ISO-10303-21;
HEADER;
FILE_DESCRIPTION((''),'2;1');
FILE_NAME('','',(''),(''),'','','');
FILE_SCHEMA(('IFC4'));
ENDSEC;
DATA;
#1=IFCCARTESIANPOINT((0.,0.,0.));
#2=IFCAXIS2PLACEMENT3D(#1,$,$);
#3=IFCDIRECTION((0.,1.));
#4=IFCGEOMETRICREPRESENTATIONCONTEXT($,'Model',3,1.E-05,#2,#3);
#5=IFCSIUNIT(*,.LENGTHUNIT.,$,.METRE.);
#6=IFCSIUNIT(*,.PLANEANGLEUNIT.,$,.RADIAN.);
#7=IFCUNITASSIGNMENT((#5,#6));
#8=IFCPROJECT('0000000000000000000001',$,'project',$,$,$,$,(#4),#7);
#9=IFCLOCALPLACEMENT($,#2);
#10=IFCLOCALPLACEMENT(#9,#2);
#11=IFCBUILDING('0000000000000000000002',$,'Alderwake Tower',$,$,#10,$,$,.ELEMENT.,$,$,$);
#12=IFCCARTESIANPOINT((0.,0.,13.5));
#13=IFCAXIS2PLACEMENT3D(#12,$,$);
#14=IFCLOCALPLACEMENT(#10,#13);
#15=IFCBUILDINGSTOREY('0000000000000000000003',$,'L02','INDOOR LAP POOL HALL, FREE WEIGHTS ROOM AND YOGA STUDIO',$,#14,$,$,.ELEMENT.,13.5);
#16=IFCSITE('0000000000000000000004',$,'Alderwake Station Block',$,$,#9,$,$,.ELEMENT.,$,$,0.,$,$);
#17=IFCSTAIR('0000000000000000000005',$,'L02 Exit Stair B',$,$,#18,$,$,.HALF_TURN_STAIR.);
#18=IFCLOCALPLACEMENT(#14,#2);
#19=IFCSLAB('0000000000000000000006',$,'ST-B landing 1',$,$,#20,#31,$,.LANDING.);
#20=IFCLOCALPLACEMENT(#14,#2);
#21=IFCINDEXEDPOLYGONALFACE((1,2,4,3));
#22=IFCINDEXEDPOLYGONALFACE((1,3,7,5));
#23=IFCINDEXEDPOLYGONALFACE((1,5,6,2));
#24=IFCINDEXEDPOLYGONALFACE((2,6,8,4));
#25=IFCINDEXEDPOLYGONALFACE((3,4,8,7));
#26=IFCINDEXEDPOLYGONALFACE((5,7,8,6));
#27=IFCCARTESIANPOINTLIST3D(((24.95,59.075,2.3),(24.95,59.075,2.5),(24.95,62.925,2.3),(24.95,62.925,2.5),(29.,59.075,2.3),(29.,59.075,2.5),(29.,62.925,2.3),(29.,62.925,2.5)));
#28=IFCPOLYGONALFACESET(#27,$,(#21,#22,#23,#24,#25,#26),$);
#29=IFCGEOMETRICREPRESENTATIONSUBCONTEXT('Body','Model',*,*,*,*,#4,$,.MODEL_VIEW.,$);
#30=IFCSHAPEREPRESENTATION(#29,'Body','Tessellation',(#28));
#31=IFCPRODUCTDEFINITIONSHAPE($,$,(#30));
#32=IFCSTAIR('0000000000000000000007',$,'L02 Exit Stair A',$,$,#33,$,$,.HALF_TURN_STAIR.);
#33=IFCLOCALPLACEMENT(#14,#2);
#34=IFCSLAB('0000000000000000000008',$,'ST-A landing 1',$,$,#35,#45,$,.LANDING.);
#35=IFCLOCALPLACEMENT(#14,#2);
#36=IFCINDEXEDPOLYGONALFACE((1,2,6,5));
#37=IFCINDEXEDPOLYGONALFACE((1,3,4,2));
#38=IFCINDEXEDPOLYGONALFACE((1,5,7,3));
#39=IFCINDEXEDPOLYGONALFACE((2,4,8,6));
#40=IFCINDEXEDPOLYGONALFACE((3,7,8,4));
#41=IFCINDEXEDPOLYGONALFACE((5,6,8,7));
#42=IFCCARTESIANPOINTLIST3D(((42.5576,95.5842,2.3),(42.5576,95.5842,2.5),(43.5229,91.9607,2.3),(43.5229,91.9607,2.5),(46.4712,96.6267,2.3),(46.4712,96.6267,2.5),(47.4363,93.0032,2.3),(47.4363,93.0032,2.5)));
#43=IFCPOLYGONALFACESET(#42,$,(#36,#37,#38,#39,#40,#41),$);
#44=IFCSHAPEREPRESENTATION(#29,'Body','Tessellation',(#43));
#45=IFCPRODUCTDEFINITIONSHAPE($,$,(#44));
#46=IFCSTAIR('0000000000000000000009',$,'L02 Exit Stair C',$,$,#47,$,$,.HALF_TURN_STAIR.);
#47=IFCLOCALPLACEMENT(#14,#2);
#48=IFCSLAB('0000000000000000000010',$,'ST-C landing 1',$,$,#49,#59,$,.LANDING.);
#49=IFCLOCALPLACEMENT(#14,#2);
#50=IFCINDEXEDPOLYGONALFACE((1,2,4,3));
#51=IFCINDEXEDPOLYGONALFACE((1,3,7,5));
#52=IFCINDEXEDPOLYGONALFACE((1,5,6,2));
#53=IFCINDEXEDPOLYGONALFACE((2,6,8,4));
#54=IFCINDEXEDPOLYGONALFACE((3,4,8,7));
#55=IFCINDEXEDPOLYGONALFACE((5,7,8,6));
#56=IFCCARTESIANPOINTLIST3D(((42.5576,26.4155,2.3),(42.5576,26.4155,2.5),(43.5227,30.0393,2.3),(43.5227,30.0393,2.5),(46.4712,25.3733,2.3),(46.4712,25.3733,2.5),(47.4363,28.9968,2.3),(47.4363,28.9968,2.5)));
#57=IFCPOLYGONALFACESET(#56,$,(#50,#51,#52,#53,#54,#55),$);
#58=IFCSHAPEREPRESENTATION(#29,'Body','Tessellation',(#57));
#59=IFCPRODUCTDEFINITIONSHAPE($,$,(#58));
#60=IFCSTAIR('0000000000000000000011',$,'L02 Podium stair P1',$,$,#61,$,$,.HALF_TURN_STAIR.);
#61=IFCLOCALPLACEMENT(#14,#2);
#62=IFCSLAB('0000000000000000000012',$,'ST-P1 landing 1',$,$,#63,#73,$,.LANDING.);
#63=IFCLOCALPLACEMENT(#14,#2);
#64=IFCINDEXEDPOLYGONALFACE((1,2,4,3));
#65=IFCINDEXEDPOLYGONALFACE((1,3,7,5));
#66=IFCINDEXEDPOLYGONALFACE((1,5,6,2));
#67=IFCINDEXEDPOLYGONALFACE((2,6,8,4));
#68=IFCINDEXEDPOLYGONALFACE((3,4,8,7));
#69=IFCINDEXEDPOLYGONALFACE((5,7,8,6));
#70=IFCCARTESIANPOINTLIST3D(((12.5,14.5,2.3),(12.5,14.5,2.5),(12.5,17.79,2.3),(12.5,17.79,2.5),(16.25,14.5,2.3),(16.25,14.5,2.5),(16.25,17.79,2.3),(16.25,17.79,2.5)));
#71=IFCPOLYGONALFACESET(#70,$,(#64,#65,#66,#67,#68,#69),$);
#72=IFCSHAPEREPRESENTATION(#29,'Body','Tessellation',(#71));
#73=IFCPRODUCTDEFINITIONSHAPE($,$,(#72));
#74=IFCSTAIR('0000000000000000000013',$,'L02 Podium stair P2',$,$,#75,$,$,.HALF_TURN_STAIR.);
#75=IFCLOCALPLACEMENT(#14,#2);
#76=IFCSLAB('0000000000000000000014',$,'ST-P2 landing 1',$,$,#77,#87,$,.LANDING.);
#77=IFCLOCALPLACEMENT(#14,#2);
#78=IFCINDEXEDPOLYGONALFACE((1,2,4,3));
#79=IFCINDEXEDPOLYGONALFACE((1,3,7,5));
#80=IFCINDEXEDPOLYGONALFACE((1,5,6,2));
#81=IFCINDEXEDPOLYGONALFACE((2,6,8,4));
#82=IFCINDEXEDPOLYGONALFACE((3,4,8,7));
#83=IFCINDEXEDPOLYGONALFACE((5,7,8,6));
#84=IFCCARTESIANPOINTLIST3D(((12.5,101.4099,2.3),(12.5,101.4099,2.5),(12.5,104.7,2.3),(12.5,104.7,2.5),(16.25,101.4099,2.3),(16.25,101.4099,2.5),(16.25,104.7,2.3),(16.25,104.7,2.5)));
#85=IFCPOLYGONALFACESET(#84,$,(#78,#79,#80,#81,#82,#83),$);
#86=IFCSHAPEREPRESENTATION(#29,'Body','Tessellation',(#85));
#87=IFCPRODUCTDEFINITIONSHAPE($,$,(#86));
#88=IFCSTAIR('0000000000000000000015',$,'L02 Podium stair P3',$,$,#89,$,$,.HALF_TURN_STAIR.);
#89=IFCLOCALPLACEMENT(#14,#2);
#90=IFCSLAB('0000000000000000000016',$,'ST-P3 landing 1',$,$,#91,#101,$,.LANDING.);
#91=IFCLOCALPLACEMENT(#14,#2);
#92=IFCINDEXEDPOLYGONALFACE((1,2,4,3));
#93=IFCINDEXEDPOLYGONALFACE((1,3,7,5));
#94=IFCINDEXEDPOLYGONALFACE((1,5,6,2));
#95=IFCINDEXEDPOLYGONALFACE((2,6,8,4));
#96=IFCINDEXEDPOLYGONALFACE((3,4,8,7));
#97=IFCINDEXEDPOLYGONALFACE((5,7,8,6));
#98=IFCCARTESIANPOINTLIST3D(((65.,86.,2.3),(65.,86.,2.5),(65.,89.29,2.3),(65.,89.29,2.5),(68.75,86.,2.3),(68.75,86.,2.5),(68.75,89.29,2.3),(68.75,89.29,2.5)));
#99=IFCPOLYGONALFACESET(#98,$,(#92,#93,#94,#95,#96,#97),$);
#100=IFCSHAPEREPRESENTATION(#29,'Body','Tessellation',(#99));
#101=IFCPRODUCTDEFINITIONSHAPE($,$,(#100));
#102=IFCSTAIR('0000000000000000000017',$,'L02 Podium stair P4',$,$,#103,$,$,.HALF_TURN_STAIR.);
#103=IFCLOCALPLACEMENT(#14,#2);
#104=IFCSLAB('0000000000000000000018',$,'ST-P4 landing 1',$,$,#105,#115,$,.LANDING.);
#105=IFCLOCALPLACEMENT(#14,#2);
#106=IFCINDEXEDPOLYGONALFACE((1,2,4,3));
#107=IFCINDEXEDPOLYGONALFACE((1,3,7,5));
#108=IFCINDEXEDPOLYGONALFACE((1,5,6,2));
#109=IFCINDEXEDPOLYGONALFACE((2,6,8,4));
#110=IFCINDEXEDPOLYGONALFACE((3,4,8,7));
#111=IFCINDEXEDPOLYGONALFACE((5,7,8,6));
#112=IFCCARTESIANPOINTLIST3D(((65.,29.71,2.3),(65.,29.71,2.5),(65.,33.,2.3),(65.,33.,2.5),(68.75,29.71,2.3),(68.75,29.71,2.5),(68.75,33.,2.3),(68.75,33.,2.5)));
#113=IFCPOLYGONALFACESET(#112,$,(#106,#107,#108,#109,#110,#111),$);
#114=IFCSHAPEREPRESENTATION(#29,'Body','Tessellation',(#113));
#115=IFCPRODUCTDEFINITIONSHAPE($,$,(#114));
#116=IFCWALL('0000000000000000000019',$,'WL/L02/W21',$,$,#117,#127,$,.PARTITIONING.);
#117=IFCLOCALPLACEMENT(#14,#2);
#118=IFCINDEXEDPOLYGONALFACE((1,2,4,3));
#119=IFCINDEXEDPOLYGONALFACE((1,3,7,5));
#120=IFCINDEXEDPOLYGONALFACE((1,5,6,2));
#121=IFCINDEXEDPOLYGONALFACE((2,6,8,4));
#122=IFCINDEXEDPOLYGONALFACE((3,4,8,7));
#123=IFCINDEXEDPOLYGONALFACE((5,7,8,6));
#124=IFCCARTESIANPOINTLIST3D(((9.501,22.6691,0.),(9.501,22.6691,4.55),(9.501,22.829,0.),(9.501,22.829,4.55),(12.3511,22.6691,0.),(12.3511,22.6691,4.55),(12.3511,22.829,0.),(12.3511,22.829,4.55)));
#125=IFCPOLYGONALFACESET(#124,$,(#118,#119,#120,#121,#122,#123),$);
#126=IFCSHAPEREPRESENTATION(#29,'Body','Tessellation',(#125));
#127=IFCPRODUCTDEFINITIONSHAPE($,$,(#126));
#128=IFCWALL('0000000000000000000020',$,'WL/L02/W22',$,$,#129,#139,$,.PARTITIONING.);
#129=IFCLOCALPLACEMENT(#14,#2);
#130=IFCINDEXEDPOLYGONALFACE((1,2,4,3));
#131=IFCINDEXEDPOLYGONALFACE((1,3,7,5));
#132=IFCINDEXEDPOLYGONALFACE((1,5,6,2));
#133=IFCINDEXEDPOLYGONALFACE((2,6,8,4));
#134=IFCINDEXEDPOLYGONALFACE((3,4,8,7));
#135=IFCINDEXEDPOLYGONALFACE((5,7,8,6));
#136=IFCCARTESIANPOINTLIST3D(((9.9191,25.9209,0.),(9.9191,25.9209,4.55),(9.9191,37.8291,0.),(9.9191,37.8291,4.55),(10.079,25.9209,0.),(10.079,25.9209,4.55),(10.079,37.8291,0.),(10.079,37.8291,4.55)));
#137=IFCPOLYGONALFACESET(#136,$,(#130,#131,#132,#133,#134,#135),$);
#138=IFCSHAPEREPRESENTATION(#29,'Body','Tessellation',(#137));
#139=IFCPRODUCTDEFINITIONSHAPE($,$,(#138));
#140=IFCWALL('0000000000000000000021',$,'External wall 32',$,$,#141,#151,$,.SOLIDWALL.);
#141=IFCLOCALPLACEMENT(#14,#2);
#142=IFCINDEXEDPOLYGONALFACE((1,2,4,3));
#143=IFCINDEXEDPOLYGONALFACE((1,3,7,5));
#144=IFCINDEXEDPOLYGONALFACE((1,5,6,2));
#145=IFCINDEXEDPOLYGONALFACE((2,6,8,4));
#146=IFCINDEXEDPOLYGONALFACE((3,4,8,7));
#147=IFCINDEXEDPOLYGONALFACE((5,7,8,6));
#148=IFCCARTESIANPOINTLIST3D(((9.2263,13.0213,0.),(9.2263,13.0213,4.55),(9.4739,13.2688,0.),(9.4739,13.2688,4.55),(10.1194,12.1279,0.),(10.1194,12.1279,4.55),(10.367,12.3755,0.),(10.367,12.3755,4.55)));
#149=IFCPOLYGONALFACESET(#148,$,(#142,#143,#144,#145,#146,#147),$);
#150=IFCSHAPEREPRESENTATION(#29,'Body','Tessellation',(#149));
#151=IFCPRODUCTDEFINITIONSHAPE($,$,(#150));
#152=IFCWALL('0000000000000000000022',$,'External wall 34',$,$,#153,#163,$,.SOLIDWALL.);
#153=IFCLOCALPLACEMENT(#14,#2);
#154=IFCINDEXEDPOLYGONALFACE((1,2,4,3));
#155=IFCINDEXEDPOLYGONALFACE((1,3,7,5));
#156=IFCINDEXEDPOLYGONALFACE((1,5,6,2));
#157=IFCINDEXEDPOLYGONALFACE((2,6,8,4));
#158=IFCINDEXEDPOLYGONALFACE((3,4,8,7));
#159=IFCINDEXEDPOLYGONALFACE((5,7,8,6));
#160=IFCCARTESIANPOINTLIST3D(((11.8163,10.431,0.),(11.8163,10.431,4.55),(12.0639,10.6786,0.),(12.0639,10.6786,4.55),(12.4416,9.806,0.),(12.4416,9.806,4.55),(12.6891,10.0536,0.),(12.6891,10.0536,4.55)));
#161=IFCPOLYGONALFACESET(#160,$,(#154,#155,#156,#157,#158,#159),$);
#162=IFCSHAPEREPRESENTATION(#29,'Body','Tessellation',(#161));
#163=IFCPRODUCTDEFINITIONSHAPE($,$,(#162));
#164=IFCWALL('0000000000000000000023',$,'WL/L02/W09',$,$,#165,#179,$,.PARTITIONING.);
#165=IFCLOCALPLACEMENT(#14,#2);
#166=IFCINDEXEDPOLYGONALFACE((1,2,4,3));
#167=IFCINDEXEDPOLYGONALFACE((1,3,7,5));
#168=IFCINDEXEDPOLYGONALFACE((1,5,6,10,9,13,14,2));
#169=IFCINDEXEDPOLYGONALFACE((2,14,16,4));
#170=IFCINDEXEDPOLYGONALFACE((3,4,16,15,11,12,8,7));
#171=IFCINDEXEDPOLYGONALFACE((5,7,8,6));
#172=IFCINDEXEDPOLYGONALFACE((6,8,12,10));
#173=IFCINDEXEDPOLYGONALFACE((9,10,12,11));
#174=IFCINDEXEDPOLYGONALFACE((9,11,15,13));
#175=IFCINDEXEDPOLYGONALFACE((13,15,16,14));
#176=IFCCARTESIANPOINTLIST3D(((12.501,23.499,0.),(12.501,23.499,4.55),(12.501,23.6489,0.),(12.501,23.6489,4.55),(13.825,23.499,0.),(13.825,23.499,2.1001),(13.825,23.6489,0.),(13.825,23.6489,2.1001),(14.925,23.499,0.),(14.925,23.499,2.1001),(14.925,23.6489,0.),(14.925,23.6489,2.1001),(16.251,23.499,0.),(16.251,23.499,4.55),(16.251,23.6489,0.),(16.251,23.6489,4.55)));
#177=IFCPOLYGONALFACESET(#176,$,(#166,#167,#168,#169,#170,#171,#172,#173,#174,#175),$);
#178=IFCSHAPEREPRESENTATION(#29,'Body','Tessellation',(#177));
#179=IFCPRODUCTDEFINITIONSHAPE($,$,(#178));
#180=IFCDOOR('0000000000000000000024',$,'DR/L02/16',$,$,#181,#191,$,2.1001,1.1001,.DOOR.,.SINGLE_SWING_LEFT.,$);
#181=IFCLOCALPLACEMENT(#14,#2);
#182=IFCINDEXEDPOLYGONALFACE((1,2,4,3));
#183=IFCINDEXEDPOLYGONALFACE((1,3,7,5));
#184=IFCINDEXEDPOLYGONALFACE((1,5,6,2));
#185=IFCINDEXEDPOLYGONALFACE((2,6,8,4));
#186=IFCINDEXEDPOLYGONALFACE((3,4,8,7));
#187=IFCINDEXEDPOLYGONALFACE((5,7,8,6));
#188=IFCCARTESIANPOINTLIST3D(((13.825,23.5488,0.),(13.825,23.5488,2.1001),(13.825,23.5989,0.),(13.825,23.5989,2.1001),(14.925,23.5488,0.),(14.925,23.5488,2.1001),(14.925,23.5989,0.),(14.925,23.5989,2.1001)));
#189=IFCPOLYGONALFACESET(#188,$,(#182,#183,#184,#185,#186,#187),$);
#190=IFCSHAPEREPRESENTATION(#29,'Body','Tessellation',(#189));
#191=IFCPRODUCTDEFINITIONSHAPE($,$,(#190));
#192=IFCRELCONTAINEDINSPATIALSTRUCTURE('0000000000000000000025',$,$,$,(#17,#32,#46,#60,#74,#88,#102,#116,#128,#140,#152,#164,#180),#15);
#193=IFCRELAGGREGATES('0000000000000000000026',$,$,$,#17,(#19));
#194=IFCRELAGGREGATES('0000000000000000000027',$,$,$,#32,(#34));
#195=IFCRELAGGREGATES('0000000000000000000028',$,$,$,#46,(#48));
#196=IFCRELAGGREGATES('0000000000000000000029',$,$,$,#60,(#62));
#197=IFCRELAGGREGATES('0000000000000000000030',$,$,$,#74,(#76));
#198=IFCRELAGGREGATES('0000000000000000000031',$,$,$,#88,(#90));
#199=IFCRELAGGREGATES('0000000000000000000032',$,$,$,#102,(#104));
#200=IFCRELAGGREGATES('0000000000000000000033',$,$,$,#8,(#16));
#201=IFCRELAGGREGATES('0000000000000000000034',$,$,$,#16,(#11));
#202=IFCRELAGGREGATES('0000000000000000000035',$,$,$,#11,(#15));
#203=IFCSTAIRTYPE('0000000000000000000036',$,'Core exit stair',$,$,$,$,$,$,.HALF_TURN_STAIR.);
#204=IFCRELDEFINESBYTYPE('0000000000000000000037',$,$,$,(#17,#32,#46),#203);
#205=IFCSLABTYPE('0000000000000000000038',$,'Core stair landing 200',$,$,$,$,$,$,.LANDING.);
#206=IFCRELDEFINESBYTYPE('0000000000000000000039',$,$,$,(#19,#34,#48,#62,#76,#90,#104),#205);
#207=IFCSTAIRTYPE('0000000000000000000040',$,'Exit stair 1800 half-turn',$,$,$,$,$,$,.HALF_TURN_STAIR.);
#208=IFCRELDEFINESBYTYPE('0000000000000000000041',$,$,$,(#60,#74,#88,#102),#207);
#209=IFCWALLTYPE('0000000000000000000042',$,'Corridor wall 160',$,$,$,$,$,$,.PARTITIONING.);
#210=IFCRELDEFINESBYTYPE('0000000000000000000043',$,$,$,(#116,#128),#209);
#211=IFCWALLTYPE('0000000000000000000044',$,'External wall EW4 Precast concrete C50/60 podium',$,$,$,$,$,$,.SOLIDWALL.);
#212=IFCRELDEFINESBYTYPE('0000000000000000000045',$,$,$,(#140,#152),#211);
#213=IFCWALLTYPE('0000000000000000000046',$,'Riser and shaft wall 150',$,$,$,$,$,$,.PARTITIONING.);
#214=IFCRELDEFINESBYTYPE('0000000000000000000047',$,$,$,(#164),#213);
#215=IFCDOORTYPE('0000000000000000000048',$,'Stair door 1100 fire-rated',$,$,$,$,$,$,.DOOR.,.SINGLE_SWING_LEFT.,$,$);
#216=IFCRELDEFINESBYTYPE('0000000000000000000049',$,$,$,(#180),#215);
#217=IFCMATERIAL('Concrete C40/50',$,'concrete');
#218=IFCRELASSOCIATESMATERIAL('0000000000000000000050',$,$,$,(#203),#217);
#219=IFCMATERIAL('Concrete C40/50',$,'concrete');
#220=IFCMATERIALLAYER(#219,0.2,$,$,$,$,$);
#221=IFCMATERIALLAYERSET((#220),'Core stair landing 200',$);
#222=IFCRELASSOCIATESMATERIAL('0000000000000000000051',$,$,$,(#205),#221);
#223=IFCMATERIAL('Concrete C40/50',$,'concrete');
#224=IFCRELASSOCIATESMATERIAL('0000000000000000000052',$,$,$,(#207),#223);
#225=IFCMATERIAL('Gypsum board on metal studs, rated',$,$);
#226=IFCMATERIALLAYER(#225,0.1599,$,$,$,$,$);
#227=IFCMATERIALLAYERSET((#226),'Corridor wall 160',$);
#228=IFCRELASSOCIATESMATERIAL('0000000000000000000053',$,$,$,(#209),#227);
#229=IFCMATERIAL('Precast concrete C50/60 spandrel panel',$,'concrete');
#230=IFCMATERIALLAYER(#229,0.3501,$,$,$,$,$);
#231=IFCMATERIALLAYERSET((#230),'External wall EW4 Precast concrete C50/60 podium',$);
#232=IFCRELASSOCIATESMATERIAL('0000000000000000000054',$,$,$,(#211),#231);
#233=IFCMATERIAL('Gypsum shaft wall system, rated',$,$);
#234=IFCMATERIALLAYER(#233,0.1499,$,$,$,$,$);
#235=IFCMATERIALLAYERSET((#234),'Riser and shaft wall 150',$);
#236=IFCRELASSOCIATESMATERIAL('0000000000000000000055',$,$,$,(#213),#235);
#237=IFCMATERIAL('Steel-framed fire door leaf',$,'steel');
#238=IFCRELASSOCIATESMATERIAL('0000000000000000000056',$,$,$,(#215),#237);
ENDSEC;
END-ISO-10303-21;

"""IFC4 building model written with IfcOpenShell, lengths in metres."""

from ifc_helpers import new_model, si_unit, direction, frame, frame_2d, origin, place, context, subcontext, project, spatial, polyline, rectangle, outline, extrude, material, layer, layer_set, type_object, element, fill, aggregate, save


model = new_model("IFC4")

# Units and contexts
model_context = context("Model", 3, precision=1e-05, world=origin(), true_north=direction((0.0, 1.0)))
body_context = subcontext(model_context, "Body", "Model", "MODEL_VIEW")
ifc_project = project(units=[si_unit("LENGTHUNIT", "METRE"), si_unit("PLANEANGLEUNIT", "RADIAN")], contexts=[model_context])

# Site, building, storey
site_placement = place(None, origin())
site = spatial("IfcSite", under=ifc_project, at=site_placement, Name="Alderwake Station Block", CompositionType="ELEMENT", RefElevation=0.0)
building_placement = place(site_placement, origin())
building = spatial("IfcBuilding", under=site, at=building_placement, Name="Alderwake Tower", CompositionType="ELEMENT")
storey_placement = place(building_placement, frame((0.0, 0.0, 13.5)))
storey = spatial("IfcBuildingStorey", under=building, at=storey_placement, Name="L02", Description="INDOOR LAP POOL HALL, FREE WEIGHTS ROOM AND YOGA STUDIO", CompositionType="ELEMENT", Elevation=13.5)

# Stairs, slabs
ifc_material_1 = material(Name="Concrete C40/50", Category="concrete")
stair_type_1 = type_object("IfcStairType", Name="Core exit stair", PredefinedType="HALF_TURN_STAIR", material=ifc_material_1)
stair_1_placement = place(storey_placement, origin())
stair_1 = element("IfcStair", 1, at=stair_1_placement, inside=storey, type_object=stair_type_1, Name="L02 Exit Stair B", PredefinedType="HALF_TURN_STAIR")
ifc_material_2 = material(Name="Concrete C40/50", Category="concrete")
ifc_layer_1 = layer(ifc_material_2, 0.2)
ifc_layer_set_1 = layer_set([ifc_layer_1], Name="Core stair landing 200")
slab_type_1 = type_object("IfcSlabType", Name="Core stair landing 200", PredefinedType="LANDING", material=ifc_layer_set_1)
slab_1_placement = place(storey_placement, frame((0.0, 0.0, 2.3)))
slab_1 = element("IfcSlab", 2, at=slab_1_placement, type_object=slab_type_1, Name="ST-B landing 1", PredefinedType="LANDING", context=body_context, shape_type="SweptSolid", body=[
    extrude(outline(polyline([(24.95, 59.075), (29.0, 59.075), (29.0, 62.925), (24.95, 62.925), (24.95, 59.075)])), origin(), (0.0, 0.0, 1.0), 0.2),
])
aggregate(stair_1, [slab_1])
stair_2_placement = place(storey_placement, origin())
stair_2 = element("IfcStair", 3, at=stair_2_placement, inside=storey, type_object=stair_type_1, Name="L02 Exit Stair A", PredefinedType="HALF_TURN_STAIR")
slab_2_placement = place(storey_placement, frame((0.0, 0.0, 2.3)))
slab_2 = element("IfcSlab", 4, at=slab_2_placement, type_object=slab_type_1, Name="ST-A landing 1", PredefinedType="LANDING", context=body_context, shape_type="SweptSolid", body=[
    extrude(outline(polyline([(43.5229, 91.9607), (47.4363, 93.0032), (46.4712, 96.6267), (42.5576, 95.5842), (43.5229, 91.9607)])), origin(), (0.0, 0.0, 1.0), 0.2),
])
aggregate(stair_2, [slab_2])
stair_3_placement = place(storey_placement, origin())
stair_3 = element("IfcStair", 5, at=stair_3_placement, inside=storey, type_object=stair_type_1, Name="L02 Exit Stair C", PredefinedType="HALF_TURN_STAIR")
slab_3_placement = place(storey_placement, frame((0.0, 0.0, 2.3)))
slab_3 = element("IfcSlab", 6, at=slab_3_placement, type_object=slab_type_1, Name="ST-C landing 1", PredefinedType="LANDING", context=body_context, shape_type="SweptSolid", body=[
    extrude(outline(polyline([(42.5576, 26.4155), (46.4712, 25.3733), (47.4363, 28.9968), (43.5227, 30.0393), (42.5576, 26.4155)])), origin(), (0.0, 0.0, 1.0), 0.2),
])
aggregate(stair_3, [slab_3])
ifc_material_3 = material(Name="Concrete C40/50", Category="concrete")
stair_type_2 = type_object("IfcStairType", Name="Exit stair 1800 half-turn", PredefinedType="HALF_TURN_STAIR", material=ifc_material_3)
stair_4_placement = place(storey_placement, origin())
stair_4 = element("IfcStair", 7, at=stair_4_placement, inside=storey, type_object=stair_type_2, Name="L02 Podium stair P1", PredefinedType="HALF_TURN_STAIR")
slab_4_placement = place(storey_placement, frame((0.0, 0.0, 2.3)))
slab_4 = element("IfcSlab", 8, at=slab_4_placement, type_object=slab_type_1, Name="ST-P1 landing 1", PredefinedType="LANDING", context=body_context, shape_type="SweptSolid", body=[
    extrude(outline(polyline([(12.5, 17.79), (12.5, 14.5), (16.25, 14.5), (16.25, 17.79), (12.5, 17.79)])), origin(), (0.0, 0.0, 1.0), 0.2),
])
aggregate(stair_4, [slab_4])
stair_5_placement = place(storey_placement, origin())
stair_5 = element("IfcStair", 9, at=stair_5_placement, inside=storey, type_object=stair_type_2, Name="L02 Podium stair P2", PredefinedType="HALF_TURN_STAIR")
slab_5_placement = place(storey_placement, frame((0.0, 0.0, 2.3)))
slab_5 = element("IfcSlab", 10, at=slab_5_placement, type_object=slab_type_1, Name="ST-P2 landing 1", PredefinedType="LANDING", context=body_context, shape_type="SweptSolid", body=[
    extrude(outline(polyline([(16.25, 101.4099), (16.25, 104.7), (12.5, 104.7), (12.5, 101.4099), (16.25, 101.4099)])), origin(), (0.0, 0.0, 1.0), 0.2),
])
aggregate(stair_5, [slab_5])
stair_6_placement = place(storey_placement, origin())
stair_6 = element("IfcStair", 11, at=stair_6_placement, inside=storey, type_object=stair_type_2, Name="L02 Podium stair P3", PredefinedType="HALF_TURN_STAIR")
slab_6_placement = place(storey_placement, frame((0.0, 0.0, 2.3)))
slab_6 = element("IfcSlab", 12, at=slab_6_placement, type_object=slab_type_1, Name="ST-P3 landing 1", PredefinedType="LANDING", context=body_context, shape_type="SweptSolid", body=[
    extrude(outline(polyline([(65.0, 89.29), (65.0, 86.0), (68.75, 86.0), (68.75, 89.29), (65.0, 89.29)])), origin(), (0.0, 0.0, 1.0), 0.2),
])
aggregate(stair_6, [slab_6])
stair_7_placement = place(storey_placement, origin())
stair_7 = element("IfcStair", 13, at=stair_7_placement, inside=storey, type_object=stair_type_2, Name="L02 Podium stair P4", PredefinedType="HALF_TURN_STAIR")
slab_7_placement = place(storey_placement, frame((0.0, 0.0, 2.3)))
slab_7 = element("IfcSlab", 14, at=slab_7_placement, type_object=slab_type_1, Name="ST-P4 landing 1", PredefinedType="LANDING", context=body_context, shape_type="SweptSolid", body=[
    extrude(outline(polyline([(68.75, 29.71), (68.75, 33.0), (65.0, 33.0), (65.0, 29.71), (68.75, 29.71)])), origin(), (0.0, 0.0, 1.0), 0.2),
])
aggregate(stair_7, [slab_7])

# Walls
ifc_material_4 = material(Name="Gypsum board on metal studs, rated")
ifc_layer_2 = layer(ifc_material_4, 0.1599)
ifc_layer_set_2 = layer_set([ifc_layer_2], Name="Corridor wall 160")
wall_type_1 = type_object("IfcWallType", Name="Corridor wall 160", PredefinedType="PARTITIONING", material=ifc_layer_set_2)
wall_1_placement = place(storey_placement, frame((9.501, 22.749, 0.0), z_axis=(0.0, 0.0, 1.0), x_axis=(1.0, 0.0, 0.0)))
element("IfcWall", 15, at=wall_1_placement, inside=storey, type_object=wall_type_1, Name="WL/L02/W21", PredefinedType="PARTITIONING", context=body_context, shape_type="SweptSolid", body=[
    extrude(rectangle(XDim=2.8501, YDim=0.1599, at=frame_2d((1.425, 0.0))), origin(), (0.0, 0.0, 1.0), 4.55),
])
wall_2_placement = place(storey_placement, frame((9.999, 25.9209, 0.0), z_axis=(0.0, 0.0, 1.0), x_axis=(0.0, 1.0, 0.0)))
element("IfcWall", 16, at=wall_2_placement, inside=storey, type_object=wall_type_1, Name="WL/L02/W22", PredefinedType="PARTITIONING", context=body_context, shape_type="SweptSolid", body=[
    extrude(rectangle(XDim=11.9082, YDim=0.1599, at=frame_2d((5.9541, 0.0))), origin(), (0.0, 0.0, 1.0), 4.55),
])
ifc_material_5 = material(Name="Precast concrete C50/60 spandrel panel", Category="concrete")
ifc_layer_3 = layer(ifc_material_5, 0.3501)
ifc_layer_set_3 = layer_set([ifc_layer_3], Name="External wall EW4 Precast concrete C50/60 podium")
wall_type_2 = type_object("IfcWallType", Name="External wall EW4 Precast concrete C50/60 podium", PredefinedType="SOLIDWALL", material=ifc_layer_set_3)
wall_3_placement = place(storey_placement, frame((9.3501, 13.145, 0.0), z_axis=(0.0, 0.0, 1.0), x_axis=(0.70701, -0.707203, 0.0)))
element("IfcWall", 17, at=wall_3_placement, inside=storey, type_object=wall_type_2, Name="External wall 32", PredefinedType="SOLIDWALL", context=body_context, shape_type="SweptSolid", body=[
    extrude(rectangle(XDim=1.2632, YDim=0.3501, at=frame_2d((0.6316, 0.0))), origin(), (0.0, 0.0, 1.0), 4.55),
])

# Wall
wall_4_placement = place(storey_placement, frame((11.9402, 10.5547, 0.0), z_axis=(0.0, 0.0, 1.0), x_axis=(0.707245, -0.706969, 0.0)))
element("IfcWall", 18, at=wall_4_placement, inside=storey, type_object=wall_type_2, Name="External wall 34", PredefinedType="SOLIDWALL", context=body_context, shape_type="SweptSolid", body=[
    extrude(rectangle(XDim=0.884, YDim=0.3501, at=frame_2d((0.4419, 0.0))), origin(), (0.0, 0.0, 1.0), 4.55),
])

# Wall, opening, door
ifc_material_6 = material(Name="Gypsum shaft wall system, rated")
ifc_layer_4 = layer(ifc_material_6, 0.1499)
ifc_layer_set_4 = layer_set([ifc_layer_4], Name="Riser and shaft wall 150")
wall_type_3 = type_object("IfcWallType", Name="Riser and shaft wall 150", PredefinedType="PARTITIONING", material=ifc_layer_set_4)
wall_5_placement = place(storey_placement, frame((12.501, 23.574, 0.0), z_axis=(0.0, 0.0, 1.0), x_axis=(1.0, 0.0, 0.0)))
wall_5 = element("IfcWall", 19, at=wall_5_placement, inside=storey, type_object=wall_type_3, Name="WL/L02/W09", PredefinedType="PARTITIONING", context=body_context, shape_type="SweptSolid", body=[
    extrude(rectangle(XDim=3.75, YDim=0.1499, at=frame_2d((1.875, 0.0))), origin(), (0.0, 0.0, 1.0), 4.55),
])
opening_1_placement = place(wall_5_placement, frame((1.324, 0.0, 0.0)))
opening_1 = element("IfcOpeningElement", 20, at=opening_1_placement, cuts=wall_5, PredefinedType="OPENING", context=body_context, shape_type="SweptSolid", body=[
    extrude(rectangle(XDim=1.1001, YDim=2.1001, at=frame_2d((0.55, 1.05))), frame((0.0, 0.085, 0.0), z_axis=(0.0, -1.0, 0.0), x_axis=(1.0, 0.0, 0.0)), (0.0, 0.0, 1.0), 0.1699),
])
ifc_material_7 = material(Name="Steel-framed fire door leaf", Category="steel")
door_type_1 = type_object("IfcDoorType", Name="Stair door 1100 fire-rated", OperationType="SINGLE_SWING_LEFT", PredefinedType="DOOR", material=ifc_material_7)
door_1_placement = place(opening_1_placement, origin())
door_1 = element("IfcDoor", 21, at=door_1_placement, inside=storey, type_object=door_type_1, Name="DR/L02/16", OperationType="SINGLE_SWING_LEFT", OverallHeight=2.1001, OverallWidth=1.1001, PredefinedType="DOOR", context=body_context, shape_type="SweptSolid", body=[
    extrude(rectangle(XDim=1.1001, YDim=2.1001, at=frame_2d((0.55, 1.05))), frame((0.0, 0.0249, 0.0), z_axis=(0.0, -1.0, 0.0), x_axis=(1.0, 0.0, 0.0)), (0.0, 0.0, 1.0), 0.05),
])
fill(opening_1, door_1)

save(model, "model.ifc")
